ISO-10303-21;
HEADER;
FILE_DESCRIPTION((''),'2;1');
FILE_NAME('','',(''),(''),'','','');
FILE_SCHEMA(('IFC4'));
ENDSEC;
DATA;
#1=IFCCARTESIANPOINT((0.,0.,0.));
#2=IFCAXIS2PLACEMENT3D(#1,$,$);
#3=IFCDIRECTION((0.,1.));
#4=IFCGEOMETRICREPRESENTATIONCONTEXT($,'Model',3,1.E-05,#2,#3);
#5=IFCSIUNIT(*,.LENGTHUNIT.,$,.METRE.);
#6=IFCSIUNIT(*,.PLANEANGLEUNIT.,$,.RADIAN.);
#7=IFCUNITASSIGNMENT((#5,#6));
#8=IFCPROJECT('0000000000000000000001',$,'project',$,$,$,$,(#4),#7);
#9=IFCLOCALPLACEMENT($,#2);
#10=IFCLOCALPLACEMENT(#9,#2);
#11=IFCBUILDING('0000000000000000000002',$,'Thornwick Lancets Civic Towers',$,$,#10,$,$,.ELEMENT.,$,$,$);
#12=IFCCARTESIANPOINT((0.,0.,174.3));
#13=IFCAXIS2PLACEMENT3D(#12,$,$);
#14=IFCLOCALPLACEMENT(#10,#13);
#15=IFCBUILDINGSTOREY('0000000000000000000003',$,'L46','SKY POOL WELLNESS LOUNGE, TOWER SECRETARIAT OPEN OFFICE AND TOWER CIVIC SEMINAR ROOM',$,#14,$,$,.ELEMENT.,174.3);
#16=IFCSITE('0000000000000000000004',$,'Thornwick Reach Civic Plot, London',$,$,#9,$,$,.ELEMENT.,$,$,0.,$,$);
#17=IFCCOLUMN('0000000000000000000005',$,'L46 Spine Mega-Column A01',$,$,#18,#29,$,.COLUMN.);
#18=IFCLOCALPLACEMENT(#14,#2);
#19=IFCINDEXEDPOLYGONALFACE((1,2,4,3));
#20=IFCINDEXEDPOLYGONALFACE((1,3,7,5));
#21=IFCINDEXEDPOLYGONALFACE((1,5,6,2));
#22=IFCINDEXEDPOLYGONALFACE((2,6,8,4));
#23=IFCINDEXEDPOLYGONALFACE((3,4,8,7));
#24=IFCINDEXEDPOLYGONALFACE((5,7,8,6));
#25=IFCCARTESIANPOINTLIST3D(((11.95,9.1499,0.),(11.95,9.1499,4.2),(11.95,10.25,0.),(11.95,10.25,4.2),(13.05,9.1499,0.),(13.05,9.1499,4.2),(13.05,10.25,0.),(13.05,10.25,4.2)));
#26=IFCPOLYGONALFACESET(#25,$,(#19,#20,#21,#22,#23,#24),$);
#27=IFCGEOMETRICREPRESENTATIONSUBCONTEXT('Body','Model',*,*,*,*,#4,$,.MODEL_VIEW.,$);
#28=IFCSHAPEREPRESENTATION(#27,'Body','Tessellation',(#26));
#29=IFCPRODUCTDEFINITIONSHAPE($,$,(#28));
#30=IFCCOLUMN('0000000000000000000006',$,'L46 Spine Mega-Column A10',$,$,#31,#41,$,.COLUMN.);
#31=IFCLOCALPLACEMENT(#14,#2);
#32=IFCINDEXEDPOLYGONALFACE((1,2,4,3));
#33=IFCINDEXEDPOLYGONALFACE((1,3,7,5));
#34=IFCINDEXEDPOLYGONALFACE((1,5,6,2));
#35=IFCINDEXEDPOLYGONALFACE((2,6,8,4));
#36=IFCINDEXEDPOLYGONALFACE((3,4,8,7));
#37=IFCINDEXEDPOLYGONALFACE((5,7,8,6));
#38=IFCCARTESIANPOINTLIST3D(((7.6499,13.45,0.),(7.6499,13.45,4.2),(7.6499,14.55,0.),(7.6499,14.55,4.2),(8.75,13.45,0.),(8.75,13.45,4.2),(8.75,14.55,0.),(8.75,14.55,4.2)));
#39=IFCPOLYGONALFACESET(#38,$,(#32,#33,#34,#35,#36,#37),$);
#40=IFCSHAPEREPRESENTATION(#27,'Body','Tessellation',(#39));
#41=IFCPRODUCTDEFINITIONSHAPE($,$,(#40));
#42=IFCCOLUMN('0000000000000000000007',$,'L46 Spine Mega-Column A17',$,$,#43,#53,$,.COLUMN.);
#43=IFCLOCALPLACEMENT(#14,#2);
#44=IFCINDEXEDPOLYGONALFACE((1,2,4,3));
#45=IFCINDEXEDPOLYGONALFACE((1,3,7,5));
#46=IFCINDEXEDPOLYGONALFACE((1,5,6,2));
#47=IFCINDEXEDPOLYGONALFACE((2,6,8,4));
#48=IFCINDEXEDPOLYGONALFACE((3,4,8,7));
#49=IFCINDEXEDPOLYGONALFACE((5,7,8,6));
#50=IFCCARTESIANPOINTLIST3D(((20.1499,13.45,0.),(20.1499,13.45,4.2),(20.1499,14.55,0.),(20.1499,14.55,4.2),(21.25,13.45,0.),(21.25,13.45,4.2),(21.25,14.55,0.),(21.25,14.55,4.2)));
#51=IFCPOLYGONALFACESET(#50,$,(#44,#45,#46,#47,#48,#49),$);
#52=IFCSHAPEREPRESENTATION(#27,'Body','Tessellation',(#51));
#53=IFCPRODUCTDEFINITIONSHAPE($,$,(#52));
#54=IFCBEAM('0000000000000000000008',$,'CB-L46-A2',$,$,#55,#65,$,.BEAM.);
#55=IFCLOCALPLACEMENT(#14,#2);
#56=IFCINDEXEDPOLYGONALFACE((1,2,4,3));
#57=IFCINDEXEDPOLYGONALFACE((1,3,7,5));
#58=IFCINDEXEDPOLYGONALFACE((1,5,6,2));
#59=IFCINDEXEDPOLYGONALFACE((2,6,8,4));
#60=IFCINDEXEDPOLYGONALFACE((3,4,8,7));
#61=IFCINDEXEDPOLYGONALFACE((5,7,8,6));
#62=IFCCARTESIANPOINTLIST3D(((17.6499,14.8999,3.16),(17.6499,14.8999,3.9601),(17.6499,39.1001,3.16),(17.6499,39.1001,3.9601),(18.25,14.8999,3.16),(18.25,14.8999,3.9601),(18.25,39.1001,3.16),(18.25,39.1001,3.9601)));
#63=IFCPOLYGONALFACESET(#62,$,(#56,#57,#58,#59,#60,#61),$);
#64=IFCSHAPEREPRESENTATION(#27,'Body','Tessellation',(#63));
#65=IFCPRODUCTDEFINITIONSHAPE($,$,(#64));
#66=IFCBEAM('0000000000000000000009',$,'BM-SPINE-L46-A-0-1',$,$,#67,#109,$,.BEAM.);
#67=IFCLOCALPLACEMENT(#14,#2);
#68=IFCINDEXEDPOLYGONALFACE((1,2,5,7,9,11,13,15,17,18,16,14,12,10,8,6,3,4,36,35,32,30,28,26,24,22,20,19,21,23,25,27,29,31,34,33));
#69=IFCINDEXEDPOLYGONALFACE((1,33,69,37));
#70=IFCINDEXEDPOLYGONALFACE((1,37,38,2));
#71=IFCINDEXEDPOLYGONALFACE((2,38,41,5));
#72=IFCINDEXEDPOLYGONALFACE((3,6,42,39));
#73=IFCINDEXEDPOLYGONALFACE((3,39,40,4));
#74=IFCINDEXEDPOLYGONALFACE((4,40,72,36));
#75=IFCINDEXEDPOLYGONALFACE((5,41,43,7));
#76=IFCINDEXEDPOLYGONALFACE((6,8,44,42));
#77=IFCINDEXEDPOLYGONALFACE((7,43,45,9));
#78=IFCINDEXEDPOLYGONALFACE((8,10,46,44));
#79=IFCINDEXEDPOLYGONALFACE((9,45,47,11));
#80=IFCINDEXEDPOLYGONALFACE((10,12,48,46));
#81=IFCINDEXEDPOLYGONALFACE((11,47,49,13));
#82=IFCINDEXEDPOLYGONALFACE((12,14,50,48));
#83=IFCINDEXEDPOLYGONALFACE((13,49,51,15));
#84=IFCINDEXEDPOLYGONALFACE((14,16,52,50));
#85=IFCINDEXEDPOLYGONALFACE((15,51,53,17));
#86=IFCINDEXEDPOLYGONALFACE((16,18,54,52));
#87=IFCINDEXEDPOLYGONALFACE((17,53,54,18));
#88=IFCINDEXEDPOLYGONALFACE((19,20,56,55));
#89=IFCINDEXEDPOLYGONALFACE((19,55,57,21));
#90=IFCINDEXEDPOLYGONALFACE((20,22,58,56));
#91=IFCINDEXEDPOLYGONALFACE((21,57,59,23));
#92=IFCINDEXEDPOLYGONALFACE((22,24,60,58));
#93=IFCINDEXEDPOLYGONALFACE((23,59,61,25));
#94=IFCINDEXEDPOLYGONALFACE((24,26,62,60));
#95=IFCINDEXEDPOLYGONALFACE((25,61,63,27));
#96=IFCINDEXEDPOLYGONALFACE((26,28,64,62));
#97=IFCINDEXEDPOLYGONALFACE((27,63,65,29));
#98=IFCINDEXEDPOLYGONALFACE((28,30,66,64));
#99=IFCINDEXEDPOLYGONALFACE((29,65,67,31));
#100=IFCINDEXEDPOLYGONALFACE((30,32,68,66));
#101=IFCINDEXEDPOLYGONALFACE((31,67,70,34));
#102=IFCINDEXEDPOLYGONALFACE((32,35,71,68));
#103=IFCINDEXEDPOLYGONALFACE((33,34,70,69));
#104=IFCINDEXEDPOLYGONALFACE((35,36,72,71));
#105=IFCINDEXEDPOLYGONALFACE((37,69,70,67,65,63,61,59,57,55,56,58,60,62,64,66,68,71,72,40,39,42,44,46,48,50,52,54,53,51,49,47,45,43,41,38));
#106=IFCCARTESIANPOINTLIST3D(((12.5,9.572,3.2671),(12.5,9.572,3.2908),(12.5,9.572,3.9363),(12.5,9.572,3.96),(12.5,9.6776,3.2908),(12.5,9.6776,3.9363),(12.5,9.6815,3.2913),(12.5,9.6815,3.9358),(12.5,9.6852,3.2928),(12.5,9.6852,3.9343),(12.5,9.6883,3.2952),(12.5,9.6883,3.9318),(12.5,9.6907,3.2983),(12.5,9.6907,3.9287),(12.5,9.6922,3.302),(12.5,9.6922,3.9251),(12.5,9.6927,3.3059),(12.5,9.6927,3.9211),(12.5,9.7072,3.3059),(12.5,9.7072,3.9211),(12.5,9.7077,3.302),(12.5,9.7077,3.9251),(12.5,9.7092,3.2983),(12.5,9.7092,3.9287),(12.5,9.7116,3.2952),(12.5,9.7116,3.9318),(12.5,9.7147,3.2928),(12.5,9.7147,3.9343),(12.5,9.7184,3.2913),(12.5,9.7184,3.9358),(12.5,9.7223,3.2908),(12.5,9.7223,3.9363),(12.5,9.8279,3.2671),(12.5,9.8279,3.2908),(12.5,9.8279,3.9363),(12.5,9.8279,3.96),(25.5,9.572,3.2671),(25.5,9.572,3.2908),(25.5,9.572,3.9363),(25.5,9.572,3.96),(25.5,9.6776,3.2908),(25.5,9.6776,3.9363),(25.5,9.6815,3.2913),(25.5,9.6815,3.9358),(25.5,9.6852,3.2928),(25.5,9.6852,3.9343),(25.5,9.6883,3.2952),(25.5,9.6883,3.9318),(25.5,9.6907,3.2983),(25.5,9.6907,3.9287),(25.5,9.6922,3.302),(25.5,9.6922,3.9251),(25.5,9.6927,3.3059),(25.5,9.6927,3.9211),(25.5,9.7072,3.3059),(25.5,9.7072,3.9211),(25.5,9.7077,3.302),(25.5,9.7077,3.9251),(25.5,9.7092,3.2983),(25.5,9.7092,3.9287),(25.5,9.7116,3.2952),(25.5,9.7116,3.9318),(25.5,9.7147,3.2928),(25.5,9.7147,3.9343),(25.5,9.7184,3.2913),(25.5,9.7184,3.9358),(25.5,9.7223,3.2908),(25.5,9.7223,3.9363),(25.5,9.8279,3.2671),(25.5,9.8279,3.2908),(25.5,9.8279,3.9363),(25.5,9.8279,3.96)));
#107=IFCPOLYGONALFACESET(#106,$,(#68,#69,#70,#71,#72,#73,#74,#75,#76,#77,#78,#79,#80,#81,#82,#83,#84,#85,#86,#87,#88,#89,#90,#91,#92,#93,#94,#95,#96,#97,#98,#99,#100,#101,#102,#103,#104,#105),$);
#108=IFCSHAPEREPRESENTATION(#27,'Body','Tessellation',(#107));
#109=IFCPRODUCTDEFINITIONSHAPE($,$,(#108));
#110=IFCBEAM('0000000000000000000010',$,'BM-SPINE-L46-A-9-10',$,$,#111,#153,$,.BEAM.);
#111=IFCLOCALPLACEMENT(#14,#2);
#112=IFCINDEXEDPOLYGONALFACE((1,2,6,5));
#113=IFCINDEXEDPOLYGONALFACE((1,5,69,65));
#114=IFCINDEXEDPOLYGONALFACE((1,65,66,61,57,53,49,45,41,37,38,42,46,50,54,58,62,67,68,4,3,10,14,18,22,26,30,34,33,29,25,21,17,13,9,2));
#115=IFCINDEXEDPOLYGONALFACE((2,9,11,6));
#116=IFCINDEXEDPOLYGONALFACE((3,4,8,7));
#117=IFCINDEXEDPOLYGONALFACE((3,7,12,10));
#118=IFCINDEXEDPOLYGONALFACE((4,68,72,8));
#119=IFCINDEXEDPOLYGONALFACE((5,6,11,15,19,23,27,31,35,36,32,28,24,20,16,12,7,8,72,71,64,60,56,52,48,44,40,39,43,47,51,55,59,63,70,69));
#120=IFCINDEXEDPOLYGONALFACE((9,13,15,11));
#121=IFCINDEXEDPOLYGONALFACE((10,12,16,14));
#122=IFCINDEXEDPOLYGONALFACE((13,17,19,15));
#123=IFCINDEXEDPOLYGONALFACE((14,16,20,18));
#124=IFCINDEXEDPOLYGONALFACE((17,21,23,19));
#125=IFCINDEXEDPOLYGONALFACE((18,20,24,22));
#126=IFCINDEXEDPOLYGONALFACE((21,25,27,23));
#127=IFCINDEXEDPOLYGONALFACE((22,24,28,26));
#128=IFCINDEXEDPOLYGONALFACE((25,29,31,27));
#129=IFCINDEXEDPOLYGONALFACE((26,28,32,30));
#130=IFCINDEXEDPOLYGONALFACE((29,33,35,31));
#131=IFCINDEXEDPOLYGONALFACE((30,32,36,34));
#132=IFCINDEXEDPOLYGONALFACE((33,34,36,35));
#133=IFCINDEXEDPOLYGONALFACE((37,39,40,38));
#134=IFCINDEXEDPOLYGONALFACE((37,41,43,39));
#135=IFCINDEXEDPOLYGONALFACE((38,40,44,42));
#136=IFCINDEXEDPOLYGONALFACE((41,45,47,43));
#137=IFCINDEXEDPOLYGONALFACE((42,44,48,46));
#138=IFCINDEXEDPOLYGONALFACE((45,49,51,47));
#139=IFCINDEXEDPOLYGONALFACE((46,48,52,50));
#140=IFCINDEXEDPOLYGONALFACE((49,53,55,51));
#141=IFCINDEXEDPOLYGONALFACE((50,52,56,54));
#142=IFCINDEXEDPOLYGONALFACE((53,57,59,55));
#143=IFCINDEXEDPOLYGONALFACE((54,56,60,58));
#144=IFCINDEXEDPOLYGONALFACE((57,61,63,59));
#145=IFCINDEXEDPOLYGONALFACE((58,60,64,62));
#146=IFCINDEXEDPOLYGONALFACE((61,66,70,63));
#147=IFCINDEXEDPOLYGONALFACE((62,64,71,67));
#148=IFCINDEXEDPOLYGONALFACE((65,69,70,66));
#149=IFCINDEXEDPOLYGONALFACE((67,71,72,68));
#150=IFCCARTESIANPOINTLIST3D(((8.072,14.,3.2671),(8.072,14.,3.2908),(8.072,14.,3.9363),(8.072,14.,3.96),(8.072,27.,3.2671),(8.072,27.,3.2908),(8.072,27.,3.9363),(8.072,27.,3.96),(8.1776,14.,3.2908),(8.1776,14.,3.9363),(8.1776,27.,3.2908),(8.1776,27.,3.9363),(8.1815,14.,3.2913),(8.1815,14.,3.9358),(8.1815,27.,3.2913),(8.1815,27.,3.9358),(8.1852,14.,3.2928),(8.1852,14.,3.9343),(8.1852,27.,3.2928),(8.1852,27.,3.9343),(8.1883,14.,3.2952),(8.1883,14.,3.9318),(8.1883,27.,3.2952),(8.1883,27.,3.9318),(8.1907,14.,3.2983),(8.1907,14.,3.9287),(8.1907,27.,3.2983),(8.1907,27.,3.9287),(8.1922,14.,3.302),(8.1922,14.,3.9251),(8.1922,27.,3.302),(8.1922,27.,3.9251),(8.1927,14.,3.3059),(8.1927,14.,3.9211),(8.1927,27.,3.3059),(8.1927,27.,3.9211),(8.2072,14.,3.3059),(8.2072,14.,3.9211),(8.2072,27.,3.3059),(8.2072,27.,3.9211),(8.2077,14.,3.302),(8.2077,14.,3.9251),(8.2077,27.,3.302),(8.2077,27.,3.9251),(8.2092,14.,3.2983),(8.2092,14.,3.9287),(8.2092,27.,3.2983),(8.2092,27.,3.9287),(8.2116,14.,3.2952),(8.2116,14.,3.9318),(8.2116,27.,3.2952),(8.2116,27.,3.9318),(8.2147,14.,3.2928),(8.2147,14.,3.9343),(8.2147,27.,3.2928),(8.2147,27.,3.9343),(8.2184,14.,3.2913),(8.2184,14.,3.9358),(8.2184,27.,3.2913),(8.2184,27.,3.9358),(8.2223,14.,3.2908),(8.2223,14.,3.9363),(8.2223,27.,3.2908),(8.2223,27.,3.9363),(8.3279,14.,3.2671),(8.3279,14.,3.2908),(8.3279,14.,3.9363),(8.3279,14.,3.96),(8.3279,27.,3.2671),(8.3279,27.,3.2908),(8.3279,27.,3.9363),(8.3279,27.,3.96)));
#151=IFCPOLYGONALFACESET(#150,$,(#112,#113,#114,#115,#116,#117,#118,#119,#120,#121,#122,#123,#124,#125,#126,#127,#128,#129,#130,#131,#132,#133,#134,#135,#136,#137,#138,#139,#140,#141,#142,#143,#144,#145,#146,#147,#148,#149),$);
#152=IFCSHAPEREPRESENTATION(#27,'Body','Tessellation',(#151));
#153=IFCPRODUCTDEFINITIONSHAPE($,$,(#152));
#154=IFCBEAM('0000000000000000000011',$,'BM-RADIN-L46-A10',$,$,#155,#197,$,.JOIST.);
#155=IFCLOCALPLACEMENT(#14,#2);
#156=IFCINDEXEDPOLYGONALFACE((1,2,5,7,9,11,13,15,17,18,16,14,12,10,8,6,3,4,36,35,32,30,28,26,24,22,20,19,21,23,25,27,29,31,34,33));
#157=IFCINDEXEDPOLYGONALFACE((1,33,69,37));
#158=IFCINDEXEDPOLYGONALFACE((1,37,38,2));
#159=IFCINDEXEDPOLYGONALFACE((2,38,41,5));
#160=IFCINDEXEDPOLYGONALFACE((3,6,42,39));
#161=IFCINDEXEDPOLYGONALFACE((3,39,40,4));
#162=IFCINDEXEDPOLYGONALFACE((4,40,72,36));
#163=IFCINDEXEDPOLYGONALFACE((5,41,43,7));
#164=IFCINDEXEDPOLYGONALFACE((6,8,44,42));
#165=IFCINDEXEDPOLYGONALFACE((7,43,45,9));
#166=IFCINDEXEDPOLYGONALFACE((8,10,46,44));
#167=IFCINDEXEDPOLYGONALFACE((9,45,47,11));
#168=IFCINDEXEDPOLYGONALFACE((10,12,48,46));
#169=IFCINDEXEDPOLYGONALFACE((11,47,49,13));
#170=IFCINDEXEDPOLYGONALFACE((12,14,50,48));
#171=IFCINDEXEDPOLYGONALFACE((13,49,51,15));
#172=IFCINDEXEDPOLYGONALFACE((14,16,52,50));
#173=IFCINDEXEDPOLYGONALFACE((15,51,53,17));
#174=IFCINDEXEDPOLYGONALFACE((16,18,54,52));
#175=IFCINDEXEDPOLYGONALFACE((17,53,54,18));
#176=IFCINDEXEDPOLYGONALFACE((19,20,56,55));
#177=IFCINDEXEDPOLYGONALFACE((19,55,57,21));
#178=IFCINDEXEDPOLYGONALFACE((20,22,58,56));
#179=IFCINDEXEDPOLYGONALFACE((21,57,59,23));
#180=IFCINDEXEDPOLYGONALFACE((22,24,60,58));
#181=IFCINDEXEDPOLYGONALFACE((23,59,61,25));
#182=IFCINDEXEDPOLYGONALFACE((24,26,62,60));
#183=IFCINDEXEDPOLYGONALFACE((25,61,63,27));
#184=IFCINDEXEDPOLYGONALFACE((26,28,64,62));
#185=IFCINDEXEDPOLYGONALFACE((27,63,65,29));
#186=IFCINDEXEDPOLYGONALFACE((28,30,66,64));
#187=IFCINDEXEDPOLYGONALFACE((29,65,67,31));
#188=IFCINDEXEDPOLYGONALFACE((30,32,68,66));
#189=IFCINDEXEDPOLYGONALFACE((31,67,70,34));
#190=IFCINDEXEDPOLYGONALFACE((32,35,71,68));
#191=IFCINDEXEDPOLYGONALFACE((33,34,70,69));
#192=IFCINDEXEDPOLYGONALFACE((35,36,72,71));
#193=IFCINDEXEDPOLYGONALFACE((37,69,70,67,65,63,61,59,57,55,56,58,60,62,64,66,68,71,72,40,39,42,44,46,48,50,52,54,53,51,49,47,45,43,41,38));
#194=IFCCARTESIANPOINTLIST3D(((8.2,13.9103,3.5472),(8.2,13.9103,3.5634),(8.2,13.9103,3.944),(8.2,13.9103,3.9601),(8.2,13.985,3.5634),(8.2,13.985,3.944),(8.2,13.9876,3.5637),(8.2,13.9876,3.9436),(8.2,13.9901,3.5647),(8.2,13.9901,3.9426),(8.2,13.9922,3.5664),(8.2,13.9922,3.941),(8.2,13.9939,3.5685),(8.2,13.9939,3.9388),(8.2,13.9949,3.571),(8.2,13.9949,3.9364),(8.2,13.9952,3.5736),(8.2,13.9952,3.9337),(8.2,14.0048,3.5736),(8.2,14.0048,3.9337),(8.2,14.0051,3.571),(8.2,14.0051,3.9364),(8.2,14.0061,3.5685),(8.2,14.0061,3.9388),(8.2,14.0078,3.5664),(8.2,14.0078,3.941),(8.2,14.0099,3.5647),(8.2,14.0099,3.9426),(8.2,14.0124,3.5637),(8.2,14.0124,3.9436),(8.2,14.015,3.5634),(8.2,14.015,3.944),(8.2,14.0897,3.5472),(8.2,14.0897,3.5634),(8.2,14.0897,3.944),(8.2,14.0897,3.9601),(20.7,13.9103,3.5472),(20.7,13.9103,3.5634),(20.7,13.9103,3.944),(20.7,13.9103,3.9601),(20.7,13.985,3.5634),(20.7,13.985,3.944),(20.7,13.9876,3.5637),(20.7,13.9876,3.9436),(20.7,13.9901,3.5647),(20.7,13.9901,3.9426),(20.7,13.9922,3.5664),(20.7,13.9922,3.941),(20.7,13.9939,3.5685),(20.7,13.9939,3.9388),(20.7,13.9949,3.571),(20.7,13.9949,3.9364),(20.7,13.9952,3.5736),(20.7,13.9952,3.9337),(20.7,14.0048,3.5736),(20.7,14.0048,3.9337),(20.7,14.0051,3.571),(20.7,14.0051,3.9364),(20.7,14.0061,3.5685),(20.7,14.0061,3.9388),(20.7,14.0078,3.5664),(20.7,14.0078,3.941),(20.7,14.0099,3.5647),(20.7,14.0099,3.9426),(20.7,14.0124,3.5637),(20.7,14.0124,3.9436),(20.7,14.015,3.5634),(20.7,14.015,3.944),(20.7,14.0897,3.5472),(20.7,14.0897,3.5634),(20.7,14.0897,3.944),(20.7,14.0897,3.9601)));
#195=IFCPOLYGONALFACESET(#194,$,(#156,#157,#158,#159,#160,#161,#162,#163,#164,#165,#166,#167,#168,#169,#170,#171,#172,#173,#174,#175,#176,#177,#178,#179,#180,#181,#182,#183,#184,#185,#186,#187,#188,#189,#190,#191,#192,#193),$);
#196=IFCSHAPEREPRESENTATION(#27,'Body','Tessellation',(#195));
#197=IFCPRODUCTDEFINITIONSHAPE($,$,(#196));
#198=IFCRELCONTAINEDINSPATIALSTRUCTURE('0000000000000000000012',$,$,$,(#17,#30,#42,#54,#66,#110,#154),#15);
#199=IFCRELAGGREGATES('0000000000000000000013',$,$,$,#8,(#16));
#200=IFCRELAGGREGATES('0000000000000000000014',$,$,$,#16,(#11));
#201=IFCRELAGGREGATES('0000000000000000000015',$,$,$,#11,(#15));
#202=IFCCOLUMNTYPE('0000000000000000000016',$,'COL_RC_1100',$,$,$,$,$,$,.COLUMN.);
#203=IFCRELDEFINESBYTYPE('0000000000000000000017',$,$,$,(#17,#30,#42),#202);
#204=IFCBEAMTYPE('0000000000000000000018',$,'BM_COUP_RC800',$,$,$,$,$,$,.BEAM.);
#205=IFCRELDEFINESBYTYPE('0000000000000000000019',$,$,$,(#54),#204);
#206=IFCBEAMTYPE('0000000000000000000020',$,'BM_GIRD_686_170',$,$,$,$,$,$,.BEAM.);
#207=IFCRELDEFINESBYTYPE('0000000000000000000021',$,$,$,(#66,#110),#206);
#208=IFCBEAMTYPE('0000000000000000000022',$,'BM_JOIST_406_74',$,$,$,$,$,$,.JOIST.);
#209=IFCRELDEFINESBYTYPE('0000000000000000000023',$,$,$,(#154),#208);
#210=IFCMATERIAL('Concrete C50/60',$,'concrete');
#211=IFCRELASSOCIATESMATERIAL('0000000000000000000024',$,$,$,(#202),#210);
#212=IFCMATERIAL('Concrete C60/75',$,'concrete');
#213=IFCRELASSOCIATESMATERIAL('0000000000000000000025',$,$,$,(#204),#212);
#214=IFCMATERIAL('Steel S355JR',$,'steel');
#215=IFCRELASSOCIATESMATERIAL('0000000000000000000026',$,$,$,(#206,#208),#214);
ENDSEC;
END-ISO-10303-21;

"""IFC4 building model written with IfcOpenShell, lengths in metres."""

from ifc_helpers import new_model, si_unit, direction, frame, origin, origin_2d, place, context, subcontext, project, spatial, rectangle, i_section, extrude, material, material_profile, profile_set, type_object, element, save


model = new_model("IFC4")

# Units and contexts
model_context = context("Model", 3, precision=1e-05, world=origin(), true_north=direction((0.0, 1.0)))
body_context = subcontext(model_context, "Body", "Model", "MODEL_VIEW")
ifc_project = project(units=[si_unit("LENGTHUNIT", "METRE"), si_unit("PLANEANGLEUNIT", "RADIAN")], contexts=[model_context])

# Site, building, storey
site_placement = place(None, origin())
site = spatial("IfcSite", under=ifc_project, at=site_placement, Name="Thornwick Reach Civic Plot, London", CompositionType="ELEMENT", RefElevation=0.0)
building_placement = place(site_placement, origin())
building = spatial("IfcBuilding", under=site, at=building_placement, Name="Thornwick Lancets Civic Towers", CompositionType="ELEMENT")
storey_placement = place(building_placement, frame((0.0, 0.0, 174.3)))
storey = spatial("IfcBuildingStorey", under=building, at=storey_placement, Name="L46", Description="SKY POOL WELLNESS LOUNGE, TOWER SECRETARIAT OPEN OFFICE AND TOWER CIVIC SEMINAR ROOM", CompositionType="ELEMENT", Elevation=174.3)

# Columns
ifc_material_1 = material(Name="Concrete C50/60", Category="concrete")
ifc_material_profile_1 = material_profile(ifc_material_1, rectangle(XDim=1.1001, YDim=1.1001, at=origin_2d()), Name="RC 1100x1100")
ifc_profile_set_1 = profile_set([ifc_material_profile_1], Name="Concrete C50/60")
column_type = type_object("IfcColumnType", Name="COL_RC_1100", PredefinedType="COLUMN", material=ifc_profile_set_1)
for number, where, z_axis, x_axis, name in (
    (1, (12.5, 9.7, 0.0), (0.0, 0.0, 1.0), (1.0, 0.0, 0.0), "L46 Spine Mega-Column A01"),
    (2, (8.2, 14.0, 0.0), (0.0, 0.0, 1.0), (1.0, 0.0, 0.0), "L46 Spine Mega-Column A10"),
    (3, (20.7, 14.0, 0.0), (0.0, 0.0, 1.0), (1.0, 0.0, 0.0), "L46 Spine Mega-Column A17"),
):
    element("IfcColumn", number, at=place(storey_placement, frame(where, z_axis=z_axis, x_axis=x_axis)), inside=storey, type_object=column_type, Name=name, PredefinedType="COLUMN", context=body_context, shape_type="SweptSolid", body=[
        extrude(rectangle(XDim=1.1001, YDim=1.1001, at=origin_2d()), origin(), (0.0, 0.0, 1.0), 4.2),
    ])

# Beams
ifc_material_2 = material(Name="Concrete C60/75", Category="concrete")
ifc_material_profile_2 = material_profile(ifc_material_2, rectangle(XDim=0.6001, YDim=0.8, at=origin_2d()), Name="RC 600x800")
ifc_profile_set_2 = profile_set([ifc_material_profile_2], Name="Concrete C60/75")
beam_type_1 = type_object("IfcBeamType", Name="BM_COUP_RC800", PredefinedType="BEAM", material=ifc_profile_set_2)
beam_1_placement = place(storey_placement, frame((17.95, 14.8999, 3.5601), z_axis=(0.0, 1.0, 0.0), x_axis=(-1.0, 0.0, 0.0)))
element("IfcBeam", 4, at=beam_1_placement, inside=storey, type_object=beam_type_1, Name="CB-L46-A2", PredefinedType="BEAM", context=body_context, shape_type="SweptSolid", body=[
    extrude(rectangle(XDim=0.6001, YDim=0.8, at=origin_2d()), origin(), (0.0, 0.0, 1.0), 24.2002),
])
ifc_material_3 = material(Name="Steel S355JR", Category="steel")
ifc_material_profile_3 = material_profile(ifc_material_3, i_section(OverallWidth=0.2559, OverallDepth=0.6929, WebThickness=0.0144, FlangeThickness=0.0237, FilletRadius=0.0151, at=origin_2d()), Name="UKB 686x254x170")
ifc_profile_set_3 = profile_set([ifc_material_profile_3], Name="Steel S355JR")
beam_type_2 = type_object("IfcBeamType", Name="BM_GIRD_686_170", PredefinedType="BEAM", material=ifc_profile_set_3)
for number, where, z_axis, x_axis, name in (
    (5, (12.5, 9.7, 3.6135), (1.0, 0.0, 0.0), (0.0, 1.0, 0.0), "BM-SPINE-L46-A-0-1"),
    (6, (8.2, 14.0, 3.6135), (0.0, 1.0, 0.0), (-1.0, 0.0, 0.0), "BM-SPINE-L46-A-9-10"),
):
    element("IfcBeam", number, at=place(storey_placement, frame(where, z_axis=z_axis, x_axis=x_axis)), inside=storey, type_object=beam_type_2, Name=name, PredefinedType="BEAM", context=body_context, shape_type="SweptSolid", body=[
        extrude(i_section(OverallWidth=0.2559, OverallDepth=0.6929, WebThickness=0.0144, FlangeThickness=0.0237, FilletRadius=0.0151, at=origin_2d()), origin(), (0.0, 0.0, 1.0), 13.0),
    ])
ifc_material_profile_4 = material_profile(ifc_material_3, i_section(OverallWidth=0.1794, OverallDepth=0.4128, WebThickness=0.0095, FlangeThickness=0.0161, FilletRadius=0.0103, at=origin_2d()), Name="UKB 406x178x74")
ifc_profile_set_4 = profile_set([ifc_material_profile_4], Name="Steel S355JR")
beam_type_3 = type_object("IfcBeamType", Name="BM_JOIST_406_74", PredefinedType="JOIST", material=ifc_profile_set_4)
beam_2_placement = place(storey_placement, frame((20.7, 14.0, 3.7537), z_axis=(-1.0, 0.0, 0.0), x_axis=(0.0, -1.0, 0.0)))
element("IfcBeam", 7, at=beam_2_placement, inside=storey, type_object=beam_type_3, Name="BM-RADIN-L46-A10", PredefinedType="JOIST", context=body_context, shape_type="SweptSolid", body=[
    extrude(i_section(OverallWidth=0.1794, OverallDepth=0.4128, WebThickness=0.0095, FlangeThickness=0.0161, FilletRadius=0.0103, at=origin_2d()), origin(), (0.0, 0.0, 1.0), 12.5),
])

save(model, "model.ifc")
